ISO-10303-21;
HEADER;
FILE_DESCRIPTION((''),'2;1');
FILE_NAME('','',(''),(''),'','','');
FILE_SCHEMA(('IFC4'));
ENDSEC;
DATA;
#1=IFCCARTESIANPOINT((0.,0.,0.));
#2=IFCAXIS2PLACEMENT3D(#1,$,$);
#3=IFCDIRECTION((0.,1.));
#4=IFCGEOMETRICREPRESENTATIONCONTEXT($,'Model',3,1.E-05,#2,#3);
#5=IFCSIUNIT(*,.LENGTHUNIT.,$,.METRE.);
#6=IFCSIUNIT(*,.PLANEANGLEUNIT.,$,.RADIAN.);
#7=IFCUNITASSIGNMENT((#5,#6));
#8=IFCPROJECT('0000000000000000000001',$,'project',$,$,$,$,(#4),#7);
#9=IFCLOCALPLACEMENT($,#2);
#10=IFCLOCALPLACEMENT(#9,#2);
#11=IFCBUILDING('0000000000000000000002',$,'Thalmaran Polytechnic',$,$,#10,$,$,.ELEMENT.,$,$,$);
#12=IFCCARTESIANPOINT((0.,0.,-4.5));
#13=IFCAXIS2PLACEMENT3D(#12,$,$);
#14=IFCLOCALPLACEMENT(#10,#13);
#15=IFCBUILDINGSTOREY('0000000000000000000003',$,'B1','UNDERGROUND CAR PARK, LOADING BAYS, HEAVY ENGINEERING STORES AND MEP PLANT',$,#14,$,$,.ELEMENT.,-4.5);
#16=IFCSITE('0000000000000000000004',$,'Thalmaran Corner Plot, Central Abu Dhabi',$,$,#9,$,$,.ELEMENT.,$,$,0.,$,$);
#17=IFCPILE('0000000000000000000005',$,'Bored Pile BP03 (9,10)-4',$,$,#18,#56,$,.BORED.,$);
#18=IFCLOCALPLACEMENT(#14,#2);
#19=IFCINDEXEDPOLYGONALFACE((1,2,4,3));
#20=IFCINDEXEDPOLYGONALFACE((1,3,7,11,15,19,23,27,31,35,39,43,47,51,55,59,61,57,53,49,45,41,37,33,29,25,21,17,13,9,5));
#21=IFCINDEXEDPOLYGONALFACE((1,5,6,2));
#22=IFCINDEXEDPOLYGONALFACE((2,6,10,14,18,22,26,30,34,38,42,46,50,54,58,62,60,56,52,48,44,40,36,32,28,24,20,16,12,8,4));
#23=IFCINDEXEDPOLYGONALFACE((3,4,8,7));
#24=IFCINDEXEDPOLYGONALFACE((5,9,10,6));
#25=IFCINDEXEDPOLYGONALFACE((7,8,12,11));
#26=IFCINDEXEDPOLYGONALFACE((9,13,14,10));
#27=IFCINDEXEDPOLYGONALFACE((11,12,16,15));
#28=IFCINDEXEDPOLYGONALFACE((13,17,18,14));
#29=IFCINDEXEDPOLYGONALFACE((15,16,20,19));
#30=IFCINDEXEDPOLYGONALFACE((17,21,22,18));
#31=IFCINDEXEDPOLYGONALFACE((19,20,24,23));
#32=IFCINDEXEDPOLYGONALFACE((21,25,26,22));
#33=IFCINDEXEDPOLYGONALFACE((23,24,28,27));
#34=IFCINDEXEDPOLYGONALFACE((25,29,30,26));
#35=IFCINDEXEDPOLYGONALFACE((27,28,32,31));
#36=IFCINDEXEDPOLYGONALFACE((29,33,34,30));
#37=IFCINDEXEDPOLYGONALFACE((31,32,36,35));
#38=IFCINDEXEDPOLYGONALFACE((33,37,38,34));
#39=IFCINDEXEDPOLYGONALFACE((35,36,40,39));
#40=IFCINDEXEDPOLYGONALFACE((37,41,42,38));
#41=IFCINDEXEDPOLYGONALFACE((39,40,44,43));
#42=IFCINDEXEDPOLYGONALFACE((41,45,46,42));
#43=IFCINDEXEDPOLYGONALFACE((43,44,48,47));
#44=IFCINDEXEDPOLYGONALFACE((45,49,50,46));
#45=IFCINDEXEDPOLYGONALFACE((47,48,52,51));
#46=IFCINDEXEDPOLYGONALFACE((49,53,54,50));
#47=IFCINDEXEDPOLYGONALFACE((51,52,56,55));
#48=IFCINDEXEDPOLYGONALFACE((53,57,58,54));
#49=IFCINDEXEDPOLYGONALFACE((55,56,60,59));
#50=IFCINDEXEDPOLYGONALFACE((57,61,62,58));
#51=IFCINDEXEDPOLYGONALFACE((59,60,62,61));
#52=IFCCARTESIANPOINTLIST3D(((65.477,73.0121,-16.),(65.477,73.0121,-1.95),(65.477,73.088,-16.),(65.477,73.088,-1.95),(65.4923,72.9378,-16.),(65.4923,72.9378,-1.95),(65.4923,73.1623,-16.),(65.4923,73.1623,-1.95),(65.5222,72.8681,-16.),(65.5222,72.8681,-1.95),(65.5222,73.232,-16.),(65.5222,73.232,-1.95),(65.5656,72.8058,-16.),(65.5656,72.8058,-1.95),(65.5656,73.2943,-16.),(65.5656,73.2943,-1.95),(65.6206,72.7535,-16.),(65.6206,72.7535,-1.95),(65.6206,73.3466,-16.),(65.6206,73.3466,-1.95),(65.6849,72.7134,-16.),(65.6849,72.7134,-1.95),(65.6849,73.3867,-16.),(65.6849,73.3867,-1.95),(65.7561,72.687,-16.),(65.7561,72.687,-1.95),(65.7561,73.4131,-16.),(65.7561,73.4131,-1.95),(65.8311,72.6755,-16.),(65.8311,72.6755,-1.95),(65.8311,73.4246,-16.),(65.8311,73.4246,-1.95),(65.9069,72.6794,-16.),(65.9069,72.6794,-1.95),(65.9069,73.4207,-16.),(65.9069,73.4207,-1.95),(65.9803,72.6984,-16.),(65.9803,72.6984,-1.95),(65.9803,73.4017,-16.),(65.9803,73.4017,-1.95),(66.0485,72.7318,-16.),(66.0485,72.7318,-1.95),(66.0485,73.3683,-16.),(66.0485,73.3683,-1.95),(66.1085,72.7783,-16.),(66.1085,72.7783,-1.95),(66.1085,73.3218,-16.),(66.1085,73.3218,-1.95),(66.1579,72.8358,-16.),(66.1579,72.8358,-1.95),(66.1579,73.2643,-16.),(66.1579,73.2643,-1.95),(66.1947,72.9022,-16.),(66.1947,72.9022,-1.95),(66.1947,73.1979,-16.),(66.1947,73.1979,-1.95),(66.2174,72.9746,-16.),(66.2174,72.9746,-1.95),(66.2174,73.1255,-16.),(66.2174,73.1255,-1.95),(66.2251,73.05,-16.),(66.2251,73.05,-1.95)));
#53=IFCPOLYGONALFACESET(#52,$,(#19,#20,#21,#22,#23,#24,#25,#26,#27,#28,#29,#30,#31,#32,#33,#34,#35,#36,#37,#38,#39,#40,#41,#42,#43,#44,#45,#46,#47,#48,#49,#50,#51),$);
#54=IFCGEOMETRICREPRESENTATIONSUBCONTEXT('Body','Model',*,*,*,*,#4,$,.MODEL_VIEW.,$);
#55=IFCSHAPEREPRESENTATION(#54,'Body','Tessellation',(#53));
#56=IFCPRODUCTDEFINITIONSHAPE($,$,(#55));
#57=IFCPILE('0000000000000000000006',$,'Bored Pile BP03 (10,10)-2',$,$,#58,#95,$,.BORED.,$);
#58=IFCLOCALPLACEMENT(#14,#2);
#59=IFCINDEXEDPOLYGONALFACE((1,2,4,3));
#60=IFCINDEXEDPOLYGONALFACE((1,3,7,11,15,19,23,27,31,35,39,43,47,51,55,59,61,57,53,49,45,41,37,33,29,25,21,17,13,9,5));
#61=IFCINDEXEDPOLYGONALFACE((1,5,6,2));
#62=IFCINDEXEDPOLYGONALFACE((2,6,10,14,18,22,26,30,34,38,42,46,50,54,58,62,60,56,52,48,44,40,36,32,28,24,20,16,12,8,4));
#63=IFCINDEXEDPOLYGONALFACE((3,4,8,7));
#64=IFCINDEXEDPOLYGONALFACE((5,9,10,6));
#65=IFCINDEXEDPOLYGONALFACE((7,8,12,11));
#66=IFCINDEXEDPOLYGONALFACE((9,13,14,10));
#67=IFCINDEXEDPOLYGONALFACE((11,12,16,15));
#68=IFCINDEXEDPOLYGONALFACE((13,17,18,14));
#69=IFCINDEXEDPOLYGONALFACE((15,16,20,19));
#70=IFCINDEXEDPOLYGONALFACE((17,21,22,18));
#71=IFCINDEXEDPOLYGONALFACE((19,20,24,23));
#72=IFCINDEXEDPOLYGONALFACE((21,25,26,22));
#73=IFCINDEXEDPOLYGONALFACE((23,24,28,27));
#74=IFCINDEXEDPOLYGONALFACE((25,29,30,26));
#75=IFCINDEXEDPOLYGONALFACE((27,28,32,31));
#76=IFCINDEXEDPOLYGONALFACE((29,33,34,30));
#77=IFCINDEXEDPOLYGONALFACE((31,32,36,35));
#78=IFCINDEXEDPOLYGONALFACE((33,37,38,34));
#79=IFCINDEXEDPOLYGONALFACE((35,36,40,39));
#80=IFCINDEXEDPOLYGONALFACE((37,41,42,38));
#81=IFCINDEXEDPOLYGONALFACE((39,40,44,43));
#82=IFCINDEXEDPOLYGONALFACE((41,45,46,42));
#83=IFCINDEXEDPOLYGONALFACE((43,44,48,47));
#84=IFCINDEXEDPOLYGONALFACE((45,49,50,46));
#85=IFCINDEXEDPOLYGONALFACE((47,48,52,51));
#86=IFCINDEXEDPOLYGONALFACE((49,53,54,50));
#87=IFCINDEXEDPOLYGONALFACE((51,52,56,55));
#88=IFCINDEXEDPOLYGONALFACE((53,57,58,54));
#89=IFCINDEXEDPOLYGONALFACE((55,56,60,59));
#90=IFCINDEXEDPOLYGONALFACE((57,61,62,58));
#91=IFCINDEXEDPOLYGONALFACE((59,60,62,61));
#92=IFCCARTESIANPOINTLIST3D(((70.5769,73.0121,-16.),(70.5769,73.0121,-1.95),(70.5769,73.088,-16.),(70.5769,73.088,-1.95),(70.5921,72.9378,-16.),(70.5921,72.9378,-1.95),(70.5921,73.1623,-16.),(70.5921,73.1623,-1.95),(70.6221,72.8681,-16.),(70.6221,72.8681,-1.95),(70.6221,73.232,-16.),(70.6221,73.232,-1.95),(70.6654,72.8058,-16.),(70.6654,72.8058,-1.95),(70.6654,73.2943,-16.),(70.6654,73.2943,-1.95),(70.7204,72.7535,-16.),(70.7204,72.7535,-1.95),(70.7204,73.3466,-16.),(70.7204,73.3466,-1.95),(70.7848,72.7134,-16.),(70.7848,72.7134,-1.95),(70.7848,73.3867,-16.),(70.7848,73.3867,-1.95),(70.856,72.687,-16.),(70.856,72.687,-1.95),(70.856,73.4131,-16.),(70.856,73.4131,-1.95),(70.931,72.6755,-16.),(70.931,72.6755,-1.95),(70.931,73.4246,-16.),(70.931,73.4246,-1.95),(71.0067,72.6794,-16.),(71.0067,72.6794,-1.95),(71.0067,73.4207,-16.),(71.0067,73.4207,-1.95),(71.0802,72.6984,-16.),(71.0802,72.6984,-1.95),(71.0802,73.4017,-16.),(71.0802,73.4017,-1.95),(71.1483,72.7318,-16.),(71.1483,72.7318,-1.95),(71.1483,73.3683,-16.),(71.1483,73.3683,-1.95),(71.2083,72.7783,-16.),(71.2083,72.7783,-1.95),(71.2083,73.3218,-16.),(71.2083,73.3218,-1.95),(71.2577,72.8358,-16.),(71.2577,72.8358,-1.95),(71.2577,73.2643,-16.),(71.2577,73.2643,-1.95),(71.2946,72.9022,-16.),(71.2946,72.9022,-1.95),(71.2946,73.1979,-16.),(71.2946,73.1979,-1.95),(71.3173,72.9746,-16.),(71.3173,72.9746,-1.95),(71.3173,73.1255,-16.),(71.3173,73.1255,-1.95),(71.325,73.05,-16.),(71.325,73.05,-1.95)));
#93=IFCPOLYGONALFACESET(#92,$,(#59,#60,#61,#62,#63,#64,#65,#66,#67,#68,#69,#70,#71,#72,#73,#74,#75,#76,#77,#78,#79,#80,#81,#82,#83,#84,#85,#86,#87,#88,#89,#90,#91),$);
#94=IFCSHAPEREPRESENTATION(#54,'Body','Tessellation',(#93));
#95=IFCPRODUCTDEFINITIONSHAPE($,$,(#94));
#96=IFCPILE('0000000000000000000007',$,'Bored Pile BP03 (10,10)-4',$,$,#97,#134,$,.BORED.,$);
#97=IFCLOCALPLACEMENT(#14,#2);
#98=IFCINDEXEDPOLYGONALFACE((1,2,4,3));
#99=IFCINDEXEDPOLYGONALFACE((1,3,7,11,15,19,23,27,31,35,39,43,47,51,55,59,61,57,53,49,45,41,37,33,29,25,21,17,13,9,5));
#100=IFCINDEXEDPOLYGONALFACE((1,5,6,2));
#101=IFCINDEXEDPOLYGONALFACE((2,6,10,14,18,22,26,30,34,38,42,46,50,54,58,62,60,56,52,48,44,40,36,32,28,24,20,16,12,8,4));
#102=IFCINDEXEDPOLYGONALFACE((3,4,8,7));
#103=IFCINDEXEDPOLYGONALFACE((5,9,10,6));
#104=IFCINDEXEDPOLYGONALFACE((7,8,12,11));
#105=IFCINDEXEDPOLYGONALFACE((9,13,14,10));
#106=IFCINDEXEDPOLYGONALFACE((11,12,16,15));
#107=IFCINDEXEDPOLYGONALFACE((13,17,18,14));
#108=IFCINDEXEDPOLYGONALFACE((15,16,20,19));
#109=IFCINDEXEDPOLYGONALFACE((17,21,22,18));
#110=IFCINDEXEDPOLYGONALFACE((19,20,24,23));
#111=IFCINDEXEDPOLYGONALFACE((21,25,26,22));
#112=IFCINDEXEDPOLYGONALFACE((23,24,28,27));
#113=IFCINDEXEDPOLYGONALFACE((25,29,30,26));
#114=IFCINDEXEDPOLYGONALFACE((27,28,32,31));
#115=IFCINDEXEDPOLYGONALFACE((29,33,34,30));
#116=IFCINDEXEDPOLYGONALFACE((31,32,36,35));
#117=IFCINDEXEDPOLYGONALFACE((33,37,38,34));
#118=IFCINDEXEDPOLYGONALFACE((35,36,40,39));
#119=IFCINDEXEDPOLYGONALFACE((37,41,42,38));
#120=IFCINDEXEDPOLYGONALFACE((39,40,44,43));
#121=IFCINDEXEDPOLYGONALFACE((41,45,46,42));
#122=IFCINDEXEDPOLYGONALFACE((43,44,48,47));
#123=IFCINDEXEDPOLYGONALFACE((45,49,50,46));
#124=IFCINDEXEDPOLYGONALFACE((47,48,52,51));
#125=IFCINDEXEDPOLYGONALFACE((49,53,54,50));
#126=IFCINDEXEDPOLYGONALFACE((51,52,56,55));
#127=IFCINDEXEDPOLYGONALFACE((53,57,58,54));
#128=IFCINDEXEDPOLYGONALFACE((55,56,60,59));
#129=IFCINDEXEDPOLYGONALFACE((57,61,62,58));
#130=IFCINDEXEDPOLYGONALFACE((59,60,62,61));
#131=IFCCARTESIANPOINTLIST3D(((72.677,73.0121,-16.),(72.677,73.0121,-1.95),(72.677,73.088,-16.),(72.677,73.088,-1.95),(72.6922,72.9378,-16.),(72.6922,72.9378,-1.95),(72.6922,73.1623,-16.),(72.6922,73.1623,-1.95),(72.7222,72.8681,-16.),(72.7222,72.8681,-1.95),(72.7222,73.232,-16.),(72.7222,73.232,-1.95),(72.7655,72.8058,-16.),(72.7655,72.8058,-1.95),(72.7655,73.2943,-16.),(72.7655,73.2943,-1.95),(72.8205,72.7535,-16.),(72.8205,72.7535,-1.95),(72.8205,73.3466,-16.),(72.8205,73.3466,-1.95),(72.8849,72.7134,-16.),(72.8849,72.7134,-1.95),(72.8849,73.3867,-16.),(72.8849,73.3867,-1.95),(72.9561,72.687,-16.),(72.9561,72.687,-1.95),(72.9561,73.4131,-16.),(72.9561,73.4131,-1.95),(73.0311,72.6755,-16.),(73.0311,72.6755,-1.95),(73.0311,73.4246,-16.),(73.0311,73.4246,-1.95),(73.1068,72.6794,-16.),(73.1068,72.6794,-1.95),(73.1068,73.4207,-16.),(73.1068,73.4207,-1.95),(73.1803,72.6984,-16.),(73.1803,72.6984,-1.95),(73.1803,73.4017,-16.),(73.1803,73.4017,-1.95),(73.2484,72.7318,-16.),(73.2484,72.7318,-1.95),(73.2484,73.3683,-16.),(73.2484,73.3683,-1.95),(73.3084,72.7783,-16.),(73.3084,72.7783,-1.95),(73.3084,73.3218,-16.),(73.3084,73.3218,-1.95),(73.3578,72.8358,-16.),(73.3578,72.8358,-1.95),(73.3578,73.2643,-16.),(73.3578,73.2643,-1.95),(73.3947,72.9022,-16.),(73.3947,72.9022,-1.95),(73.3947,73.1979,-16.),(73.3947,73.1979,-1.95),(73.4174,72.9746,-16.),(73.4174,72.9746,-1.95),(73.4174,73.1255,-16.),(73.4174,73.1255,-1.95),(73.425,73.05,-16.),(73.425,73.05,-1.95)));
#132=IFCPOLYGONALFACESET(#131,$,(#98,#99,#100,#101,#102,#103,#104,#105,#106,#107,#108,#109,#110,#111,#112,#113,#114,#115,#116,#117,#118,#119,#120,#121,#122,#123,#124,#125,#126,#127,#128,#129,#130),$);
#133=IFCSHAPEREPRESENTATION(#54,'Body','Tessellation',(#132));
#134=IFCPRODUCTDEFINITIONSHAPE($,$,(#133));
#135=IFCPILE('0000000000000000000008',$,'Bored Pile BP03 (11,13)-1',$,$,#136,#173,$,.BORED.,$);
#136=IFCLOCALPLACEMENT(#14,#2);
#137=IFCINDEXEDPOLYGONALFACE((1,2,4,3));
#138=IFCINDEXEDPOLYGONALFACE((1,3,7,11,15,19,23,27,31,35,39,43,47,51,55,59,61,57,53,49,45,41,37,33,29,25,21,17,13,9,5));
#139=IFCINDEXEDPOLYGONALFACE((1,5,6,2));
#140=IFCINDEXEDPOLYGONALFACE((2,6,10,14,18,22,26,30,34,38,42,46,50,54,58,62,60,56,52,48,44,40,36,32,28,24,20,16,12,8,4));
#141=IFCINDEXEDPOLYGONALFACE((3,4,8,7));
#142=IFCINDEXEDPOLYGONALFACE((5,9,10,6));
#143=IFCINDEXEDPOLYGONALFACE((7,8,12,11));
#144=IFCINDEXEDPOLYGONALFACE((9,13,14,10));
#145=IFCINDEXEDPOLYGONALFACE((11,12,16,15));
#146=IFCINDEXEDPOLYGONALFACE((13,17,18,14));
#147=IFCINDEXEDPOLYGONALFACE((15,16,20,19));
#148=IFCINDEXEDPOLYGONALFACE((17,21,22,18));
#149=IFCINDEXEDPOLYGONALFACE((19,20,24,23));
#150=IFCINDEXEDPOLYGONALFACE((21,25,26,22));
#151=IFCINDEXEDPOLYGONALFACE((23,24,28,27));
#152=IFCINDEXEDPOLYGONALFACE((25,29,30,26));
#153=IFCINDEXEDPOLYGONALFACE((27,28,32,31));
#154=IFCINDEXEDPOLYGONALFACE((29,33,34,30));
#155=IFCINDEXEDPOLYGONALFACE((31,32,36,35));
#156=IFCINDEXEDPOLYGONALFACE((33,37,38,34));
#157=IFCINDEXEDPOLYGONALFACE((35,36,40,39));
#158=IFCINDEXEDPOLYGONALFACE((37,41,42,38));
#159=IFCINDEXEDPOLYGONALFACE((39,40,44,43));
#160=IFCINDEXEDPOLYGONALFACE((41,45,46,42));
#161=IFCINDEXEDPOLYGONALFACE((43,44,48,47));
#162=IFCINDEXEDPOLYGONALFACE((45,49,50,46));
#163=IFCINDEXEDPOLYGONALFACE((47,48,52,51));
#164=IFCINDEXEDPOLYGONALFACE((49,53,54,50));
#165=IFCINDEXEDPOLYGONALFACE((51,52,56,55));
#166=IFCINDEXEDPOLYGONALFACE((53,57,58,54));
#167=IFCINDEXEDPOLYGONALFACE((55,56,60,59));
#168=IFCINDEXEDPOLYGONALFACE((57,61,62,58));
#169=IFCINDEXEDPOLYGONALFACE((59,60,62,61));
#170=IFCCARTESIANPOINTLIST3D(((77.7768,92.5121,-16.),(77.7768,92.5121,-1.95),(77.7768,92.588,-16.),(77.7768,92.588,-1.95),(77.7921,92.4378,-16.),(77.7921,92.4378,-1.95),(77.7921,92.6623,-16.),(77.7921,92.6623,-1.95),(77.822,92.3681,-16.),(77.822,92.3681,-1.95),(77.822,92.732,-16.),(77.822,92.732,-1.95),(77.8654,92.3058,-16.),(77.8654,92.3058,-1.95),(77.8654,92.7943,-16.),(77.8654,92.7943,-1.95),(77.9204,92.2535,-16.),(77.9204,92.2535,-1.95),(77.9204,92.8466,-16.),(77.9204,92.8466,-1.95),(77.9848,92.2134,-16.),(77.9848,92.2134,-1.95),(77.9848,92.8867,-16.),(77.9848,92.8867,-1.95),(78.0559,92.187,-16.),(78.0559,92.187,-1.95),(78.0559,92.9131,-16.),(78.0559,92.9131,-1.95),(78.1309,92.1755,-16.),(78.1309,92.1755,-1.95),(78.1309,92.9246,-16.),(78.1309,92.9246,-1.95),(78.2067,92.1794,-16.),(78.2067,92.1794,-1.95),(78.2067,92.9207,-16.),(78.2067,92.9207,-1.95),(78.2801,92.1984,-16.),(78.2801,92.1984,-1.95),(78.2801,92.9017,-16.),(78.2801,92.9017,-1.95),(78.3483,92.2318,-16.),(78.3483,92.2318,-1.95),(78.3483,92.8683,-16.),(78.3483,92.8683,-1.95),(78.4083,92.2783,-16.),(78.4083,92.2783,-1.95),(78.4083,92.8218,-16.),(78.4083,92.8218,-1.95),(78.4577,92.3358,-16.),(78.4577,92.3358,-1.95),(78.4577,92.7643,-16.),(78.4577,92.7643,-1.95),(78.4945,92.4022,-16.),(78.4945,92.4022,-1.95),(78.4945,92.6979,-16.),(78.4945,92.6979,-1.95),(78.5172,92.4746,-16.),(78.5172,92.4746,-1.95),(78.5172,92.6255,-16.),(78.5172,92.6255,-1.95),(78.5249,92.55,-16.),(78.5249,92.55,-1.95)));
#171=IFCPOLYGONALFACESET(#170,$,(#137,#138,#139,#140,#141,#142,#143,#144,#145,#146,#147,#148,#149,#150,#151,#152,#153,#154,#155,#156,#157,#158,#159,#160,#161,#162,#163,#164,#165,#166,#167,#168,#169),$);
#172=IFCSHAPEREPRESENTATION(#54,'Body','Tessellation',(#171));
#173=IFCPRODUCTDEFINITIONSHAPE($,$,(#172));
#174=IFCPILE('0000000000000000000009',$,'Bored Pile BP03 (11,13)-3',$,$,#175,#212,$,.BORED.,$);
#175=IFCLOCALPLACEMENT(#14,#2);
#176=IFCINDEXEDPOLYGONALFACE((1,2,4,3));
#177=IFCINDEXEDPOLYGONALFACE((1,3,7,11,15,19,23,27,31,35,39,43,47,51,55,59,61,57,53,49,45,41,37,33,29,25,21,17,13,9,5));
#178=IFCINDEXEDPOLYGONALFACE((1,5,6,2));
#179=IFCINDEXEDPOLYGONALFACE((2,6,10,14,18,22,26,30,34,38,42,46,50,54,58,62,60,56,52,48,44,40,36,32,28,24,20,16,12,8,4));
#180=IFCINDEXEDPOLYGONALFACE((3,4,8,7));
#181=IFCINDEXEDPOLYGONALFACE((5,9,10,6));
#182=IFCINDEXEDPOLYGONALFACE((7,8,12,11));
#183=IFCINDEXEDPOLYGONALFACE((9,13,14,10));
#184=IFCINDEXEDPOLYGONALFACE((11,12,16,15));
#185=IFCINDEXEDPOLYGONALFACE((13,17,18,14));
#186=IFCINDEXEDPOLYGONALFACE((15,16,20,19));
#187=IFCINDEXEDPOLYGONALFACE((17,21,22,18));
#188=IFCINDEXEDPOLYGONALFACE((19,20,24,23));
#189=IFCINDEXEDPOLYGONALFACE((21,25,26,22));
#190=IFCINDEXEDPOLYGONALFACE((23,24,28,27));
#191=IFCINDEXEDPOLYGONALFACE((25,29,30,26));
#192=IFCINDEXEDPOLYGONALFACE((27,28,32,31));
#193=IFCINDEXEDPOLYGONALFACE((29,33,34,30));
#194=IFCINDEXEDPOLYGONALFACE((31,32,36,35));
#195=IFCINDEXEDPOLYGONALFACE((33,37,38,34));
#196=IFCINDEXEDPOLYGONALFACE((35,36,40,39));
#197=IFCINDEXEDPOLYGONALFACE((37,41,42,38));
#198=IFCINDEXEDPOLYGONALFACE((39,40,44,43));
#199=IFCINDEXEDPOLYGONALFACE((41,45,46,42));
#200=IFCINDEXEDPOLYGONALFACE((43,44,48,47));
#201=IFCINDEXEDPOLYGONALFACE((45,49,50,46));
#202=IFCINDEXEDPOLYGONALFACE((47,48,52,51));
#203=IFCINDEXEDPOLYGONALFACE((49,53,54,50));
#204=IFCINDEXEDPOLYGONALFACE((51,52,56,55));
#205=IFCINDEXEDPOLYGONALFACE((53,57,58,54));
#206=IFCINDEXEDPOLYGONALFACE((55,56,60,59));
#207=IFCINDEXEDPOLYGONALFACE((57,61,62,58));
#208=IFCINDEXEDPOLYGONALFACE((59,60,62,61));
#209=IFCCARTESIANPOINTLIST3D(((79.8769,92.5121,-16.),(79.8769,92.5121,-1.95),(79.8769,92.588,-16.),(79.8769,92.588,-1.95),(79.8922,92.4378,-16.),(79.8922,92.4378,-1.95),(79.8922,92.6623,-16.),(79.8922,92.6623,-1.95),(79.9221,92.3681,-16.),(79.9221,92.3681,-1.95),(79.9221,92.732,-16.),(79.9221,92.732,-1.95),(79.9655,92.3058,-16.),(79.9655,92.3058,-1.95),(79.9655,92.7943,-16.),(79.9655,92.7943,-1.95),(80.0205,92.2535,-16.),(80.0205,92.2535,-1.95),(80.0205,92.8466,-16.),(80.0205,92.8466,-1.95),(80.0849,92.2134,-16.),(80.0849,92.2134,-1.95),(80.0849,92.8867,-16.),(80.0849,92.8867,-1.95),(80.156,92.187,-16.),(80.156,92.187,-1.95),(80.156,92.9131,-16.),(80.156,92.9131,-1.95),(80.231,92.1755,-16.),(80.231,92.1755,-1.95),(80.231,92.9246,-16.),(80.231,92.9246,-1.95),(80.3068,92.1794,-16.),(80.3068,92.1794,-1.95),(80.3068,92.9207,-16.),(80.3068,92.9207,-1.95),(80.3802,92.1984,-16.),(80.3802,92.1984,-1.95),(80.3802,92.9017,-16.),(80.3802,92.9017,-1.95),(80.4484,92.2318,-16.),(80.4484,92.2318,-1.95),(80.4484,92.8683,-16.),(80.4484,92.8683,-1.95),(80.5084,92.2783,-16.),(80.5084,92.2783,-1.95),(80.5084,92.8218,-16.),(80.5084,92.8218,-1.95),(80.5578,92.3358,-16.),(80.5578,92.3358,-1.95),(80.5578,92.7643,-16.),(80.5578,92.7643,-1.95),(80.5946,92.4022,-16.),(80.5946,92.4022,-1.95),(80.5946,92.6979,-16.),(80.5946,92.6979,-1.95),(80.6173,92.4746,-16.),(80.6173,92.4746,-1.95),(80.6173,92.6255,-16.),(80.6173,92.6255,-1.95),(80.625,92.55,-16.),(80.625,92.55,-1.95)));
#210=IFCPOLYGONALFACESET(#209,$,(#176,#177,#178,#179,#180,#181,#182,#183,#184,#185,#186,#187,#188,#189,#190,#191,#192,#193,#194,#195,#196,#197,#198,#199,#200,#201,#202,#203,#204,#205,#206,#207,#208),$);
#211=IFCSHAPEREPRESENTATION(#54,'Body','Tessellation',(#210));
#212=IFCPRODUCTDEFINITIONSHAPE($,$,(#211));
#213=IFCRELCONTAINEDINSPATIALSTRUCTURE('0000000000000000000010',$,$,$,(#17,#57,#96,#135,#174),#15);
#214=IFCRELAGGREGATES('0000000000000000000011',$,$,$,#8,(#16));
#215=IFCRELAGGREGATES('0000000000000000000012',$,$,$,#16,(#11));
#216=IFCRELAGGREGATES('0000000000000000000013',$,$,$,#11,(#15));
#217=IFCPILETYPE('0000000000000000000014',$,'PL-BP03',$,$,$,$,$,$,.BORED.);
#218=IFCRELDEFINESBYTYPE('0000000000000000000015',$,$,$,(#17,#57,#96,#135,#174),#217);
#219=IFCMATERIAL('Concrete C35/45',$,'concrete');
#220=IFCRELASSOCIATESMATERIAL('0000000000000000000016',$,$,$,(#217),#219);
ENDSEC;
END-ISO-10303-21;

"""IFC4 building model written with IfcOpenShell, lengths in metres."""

from ifc_helpers import new_model, si_unit, direction, frame, origin, origin_2d, place, context, subcontext, project, spatial, circle, extrude, material, material_profile, profile_set, type_object, element, save


model = new_model("IFC4")

# Units and contexts
model_context = context("Model", 3, precision=1e-05, world=origin(), true_north=direction((0.0, 1.0)))
body_context = subcontext(model_context, "Body", "Model", "MODEL_VIEW")
ifc_project = project(units=[si_unit("LENGTHUNIT", "METRE"), si_unit("PLANEANGLEUNIT", "RADIAN")], contexts=[model_context])

# Site, building, storey
site_placement = place(None, origin())
site = spatial("IfcSite", under=ifc_project, at=site_placement, Name="Thalmaran Corner Plot, Central Abu Dhabi", CompositionType="ELEMENT", RefElevation=0.0)
building_placement = place(site_placement, origin())
building = spatial("IfcBuilding", under=site, at=building_placement, Name="Thalmaran Polytechnic", CompositionType="ELEMENT")
storey_placement = place(building_placement, frame((0.0, 0.0, -4.5)))
storey = spatial("IfcBuildingStorey", under=building, at=storey_placement, Name="B1", Description="UNDERGROUND CAR PARK, LOADING BAYS, HEAVY ENGINEERING STORES AND MEP PLANT", CompositionType="ELEMENT", Elevation=-4.5)

# Piles
ifc_material_1 = material(Name="Concrete C35/45", Category="concrete")
ifc_material_profile_1 = material_profile(ifc_material_1, circle(Radius=0.375, at=origin_2d()), Name="RC 750 DIA")
ifc_profile_set_1 = profile_set([ifc_material_profile_1], Name="Concrete C35/45")
pile_type_1 = type_object("IfcPileType", Name="PL-BP03", PredefinedType="BORED", material=ifc_profile_set_1)
for number, where, z_axis, x_axis, name in (
    (1, (65.8501, 73.05, -1.95), (0.0, 0.0, -1.0), (1.0, 0.0, 0.0), "Bored Pile BP03 (9,10)-4"),
    (2, (70.95, 73.05, -1.95), (0.0, 0.0, -1.0), (1.0, 0.0, 0.0), "Bored Pile BP03 (10,10)-2"),
    (3, (73.05, 73.05, -1.95), (0.0, 0.0, -1.0), (1.0, 0.0, 0.0), "Bored Pile BP03 (10,10)-4"),
    (4, (78.1499, 92.55, -1.95), (0.0, 0.0, -1.0), (1.0, 0.0, 0.0), "Bored Pile BP03 (11,13)-1"),
    (5, (80.25, 92.55, -1.95), (0.0, 0.0, -1.0), (1.0, 0.0, 0.0), "Bored Pile BP03 (11,13)-3"),
):
    element("IfcPile", number, at=place(storey_placement, frame(where, z_axis=z_axis, x_axis=x_axis)), inside=storey, type_object=pile_type_1, Name=name, PredefinedType="BORED", context=body_context, shape_type="SweptSolid", body=[
        extrude(circle(Radius=0.375, at=origin_2d()), origin(), (0.0, 0.0, 1.0), 14.05),
    ])

save(model, "model.ifc")
